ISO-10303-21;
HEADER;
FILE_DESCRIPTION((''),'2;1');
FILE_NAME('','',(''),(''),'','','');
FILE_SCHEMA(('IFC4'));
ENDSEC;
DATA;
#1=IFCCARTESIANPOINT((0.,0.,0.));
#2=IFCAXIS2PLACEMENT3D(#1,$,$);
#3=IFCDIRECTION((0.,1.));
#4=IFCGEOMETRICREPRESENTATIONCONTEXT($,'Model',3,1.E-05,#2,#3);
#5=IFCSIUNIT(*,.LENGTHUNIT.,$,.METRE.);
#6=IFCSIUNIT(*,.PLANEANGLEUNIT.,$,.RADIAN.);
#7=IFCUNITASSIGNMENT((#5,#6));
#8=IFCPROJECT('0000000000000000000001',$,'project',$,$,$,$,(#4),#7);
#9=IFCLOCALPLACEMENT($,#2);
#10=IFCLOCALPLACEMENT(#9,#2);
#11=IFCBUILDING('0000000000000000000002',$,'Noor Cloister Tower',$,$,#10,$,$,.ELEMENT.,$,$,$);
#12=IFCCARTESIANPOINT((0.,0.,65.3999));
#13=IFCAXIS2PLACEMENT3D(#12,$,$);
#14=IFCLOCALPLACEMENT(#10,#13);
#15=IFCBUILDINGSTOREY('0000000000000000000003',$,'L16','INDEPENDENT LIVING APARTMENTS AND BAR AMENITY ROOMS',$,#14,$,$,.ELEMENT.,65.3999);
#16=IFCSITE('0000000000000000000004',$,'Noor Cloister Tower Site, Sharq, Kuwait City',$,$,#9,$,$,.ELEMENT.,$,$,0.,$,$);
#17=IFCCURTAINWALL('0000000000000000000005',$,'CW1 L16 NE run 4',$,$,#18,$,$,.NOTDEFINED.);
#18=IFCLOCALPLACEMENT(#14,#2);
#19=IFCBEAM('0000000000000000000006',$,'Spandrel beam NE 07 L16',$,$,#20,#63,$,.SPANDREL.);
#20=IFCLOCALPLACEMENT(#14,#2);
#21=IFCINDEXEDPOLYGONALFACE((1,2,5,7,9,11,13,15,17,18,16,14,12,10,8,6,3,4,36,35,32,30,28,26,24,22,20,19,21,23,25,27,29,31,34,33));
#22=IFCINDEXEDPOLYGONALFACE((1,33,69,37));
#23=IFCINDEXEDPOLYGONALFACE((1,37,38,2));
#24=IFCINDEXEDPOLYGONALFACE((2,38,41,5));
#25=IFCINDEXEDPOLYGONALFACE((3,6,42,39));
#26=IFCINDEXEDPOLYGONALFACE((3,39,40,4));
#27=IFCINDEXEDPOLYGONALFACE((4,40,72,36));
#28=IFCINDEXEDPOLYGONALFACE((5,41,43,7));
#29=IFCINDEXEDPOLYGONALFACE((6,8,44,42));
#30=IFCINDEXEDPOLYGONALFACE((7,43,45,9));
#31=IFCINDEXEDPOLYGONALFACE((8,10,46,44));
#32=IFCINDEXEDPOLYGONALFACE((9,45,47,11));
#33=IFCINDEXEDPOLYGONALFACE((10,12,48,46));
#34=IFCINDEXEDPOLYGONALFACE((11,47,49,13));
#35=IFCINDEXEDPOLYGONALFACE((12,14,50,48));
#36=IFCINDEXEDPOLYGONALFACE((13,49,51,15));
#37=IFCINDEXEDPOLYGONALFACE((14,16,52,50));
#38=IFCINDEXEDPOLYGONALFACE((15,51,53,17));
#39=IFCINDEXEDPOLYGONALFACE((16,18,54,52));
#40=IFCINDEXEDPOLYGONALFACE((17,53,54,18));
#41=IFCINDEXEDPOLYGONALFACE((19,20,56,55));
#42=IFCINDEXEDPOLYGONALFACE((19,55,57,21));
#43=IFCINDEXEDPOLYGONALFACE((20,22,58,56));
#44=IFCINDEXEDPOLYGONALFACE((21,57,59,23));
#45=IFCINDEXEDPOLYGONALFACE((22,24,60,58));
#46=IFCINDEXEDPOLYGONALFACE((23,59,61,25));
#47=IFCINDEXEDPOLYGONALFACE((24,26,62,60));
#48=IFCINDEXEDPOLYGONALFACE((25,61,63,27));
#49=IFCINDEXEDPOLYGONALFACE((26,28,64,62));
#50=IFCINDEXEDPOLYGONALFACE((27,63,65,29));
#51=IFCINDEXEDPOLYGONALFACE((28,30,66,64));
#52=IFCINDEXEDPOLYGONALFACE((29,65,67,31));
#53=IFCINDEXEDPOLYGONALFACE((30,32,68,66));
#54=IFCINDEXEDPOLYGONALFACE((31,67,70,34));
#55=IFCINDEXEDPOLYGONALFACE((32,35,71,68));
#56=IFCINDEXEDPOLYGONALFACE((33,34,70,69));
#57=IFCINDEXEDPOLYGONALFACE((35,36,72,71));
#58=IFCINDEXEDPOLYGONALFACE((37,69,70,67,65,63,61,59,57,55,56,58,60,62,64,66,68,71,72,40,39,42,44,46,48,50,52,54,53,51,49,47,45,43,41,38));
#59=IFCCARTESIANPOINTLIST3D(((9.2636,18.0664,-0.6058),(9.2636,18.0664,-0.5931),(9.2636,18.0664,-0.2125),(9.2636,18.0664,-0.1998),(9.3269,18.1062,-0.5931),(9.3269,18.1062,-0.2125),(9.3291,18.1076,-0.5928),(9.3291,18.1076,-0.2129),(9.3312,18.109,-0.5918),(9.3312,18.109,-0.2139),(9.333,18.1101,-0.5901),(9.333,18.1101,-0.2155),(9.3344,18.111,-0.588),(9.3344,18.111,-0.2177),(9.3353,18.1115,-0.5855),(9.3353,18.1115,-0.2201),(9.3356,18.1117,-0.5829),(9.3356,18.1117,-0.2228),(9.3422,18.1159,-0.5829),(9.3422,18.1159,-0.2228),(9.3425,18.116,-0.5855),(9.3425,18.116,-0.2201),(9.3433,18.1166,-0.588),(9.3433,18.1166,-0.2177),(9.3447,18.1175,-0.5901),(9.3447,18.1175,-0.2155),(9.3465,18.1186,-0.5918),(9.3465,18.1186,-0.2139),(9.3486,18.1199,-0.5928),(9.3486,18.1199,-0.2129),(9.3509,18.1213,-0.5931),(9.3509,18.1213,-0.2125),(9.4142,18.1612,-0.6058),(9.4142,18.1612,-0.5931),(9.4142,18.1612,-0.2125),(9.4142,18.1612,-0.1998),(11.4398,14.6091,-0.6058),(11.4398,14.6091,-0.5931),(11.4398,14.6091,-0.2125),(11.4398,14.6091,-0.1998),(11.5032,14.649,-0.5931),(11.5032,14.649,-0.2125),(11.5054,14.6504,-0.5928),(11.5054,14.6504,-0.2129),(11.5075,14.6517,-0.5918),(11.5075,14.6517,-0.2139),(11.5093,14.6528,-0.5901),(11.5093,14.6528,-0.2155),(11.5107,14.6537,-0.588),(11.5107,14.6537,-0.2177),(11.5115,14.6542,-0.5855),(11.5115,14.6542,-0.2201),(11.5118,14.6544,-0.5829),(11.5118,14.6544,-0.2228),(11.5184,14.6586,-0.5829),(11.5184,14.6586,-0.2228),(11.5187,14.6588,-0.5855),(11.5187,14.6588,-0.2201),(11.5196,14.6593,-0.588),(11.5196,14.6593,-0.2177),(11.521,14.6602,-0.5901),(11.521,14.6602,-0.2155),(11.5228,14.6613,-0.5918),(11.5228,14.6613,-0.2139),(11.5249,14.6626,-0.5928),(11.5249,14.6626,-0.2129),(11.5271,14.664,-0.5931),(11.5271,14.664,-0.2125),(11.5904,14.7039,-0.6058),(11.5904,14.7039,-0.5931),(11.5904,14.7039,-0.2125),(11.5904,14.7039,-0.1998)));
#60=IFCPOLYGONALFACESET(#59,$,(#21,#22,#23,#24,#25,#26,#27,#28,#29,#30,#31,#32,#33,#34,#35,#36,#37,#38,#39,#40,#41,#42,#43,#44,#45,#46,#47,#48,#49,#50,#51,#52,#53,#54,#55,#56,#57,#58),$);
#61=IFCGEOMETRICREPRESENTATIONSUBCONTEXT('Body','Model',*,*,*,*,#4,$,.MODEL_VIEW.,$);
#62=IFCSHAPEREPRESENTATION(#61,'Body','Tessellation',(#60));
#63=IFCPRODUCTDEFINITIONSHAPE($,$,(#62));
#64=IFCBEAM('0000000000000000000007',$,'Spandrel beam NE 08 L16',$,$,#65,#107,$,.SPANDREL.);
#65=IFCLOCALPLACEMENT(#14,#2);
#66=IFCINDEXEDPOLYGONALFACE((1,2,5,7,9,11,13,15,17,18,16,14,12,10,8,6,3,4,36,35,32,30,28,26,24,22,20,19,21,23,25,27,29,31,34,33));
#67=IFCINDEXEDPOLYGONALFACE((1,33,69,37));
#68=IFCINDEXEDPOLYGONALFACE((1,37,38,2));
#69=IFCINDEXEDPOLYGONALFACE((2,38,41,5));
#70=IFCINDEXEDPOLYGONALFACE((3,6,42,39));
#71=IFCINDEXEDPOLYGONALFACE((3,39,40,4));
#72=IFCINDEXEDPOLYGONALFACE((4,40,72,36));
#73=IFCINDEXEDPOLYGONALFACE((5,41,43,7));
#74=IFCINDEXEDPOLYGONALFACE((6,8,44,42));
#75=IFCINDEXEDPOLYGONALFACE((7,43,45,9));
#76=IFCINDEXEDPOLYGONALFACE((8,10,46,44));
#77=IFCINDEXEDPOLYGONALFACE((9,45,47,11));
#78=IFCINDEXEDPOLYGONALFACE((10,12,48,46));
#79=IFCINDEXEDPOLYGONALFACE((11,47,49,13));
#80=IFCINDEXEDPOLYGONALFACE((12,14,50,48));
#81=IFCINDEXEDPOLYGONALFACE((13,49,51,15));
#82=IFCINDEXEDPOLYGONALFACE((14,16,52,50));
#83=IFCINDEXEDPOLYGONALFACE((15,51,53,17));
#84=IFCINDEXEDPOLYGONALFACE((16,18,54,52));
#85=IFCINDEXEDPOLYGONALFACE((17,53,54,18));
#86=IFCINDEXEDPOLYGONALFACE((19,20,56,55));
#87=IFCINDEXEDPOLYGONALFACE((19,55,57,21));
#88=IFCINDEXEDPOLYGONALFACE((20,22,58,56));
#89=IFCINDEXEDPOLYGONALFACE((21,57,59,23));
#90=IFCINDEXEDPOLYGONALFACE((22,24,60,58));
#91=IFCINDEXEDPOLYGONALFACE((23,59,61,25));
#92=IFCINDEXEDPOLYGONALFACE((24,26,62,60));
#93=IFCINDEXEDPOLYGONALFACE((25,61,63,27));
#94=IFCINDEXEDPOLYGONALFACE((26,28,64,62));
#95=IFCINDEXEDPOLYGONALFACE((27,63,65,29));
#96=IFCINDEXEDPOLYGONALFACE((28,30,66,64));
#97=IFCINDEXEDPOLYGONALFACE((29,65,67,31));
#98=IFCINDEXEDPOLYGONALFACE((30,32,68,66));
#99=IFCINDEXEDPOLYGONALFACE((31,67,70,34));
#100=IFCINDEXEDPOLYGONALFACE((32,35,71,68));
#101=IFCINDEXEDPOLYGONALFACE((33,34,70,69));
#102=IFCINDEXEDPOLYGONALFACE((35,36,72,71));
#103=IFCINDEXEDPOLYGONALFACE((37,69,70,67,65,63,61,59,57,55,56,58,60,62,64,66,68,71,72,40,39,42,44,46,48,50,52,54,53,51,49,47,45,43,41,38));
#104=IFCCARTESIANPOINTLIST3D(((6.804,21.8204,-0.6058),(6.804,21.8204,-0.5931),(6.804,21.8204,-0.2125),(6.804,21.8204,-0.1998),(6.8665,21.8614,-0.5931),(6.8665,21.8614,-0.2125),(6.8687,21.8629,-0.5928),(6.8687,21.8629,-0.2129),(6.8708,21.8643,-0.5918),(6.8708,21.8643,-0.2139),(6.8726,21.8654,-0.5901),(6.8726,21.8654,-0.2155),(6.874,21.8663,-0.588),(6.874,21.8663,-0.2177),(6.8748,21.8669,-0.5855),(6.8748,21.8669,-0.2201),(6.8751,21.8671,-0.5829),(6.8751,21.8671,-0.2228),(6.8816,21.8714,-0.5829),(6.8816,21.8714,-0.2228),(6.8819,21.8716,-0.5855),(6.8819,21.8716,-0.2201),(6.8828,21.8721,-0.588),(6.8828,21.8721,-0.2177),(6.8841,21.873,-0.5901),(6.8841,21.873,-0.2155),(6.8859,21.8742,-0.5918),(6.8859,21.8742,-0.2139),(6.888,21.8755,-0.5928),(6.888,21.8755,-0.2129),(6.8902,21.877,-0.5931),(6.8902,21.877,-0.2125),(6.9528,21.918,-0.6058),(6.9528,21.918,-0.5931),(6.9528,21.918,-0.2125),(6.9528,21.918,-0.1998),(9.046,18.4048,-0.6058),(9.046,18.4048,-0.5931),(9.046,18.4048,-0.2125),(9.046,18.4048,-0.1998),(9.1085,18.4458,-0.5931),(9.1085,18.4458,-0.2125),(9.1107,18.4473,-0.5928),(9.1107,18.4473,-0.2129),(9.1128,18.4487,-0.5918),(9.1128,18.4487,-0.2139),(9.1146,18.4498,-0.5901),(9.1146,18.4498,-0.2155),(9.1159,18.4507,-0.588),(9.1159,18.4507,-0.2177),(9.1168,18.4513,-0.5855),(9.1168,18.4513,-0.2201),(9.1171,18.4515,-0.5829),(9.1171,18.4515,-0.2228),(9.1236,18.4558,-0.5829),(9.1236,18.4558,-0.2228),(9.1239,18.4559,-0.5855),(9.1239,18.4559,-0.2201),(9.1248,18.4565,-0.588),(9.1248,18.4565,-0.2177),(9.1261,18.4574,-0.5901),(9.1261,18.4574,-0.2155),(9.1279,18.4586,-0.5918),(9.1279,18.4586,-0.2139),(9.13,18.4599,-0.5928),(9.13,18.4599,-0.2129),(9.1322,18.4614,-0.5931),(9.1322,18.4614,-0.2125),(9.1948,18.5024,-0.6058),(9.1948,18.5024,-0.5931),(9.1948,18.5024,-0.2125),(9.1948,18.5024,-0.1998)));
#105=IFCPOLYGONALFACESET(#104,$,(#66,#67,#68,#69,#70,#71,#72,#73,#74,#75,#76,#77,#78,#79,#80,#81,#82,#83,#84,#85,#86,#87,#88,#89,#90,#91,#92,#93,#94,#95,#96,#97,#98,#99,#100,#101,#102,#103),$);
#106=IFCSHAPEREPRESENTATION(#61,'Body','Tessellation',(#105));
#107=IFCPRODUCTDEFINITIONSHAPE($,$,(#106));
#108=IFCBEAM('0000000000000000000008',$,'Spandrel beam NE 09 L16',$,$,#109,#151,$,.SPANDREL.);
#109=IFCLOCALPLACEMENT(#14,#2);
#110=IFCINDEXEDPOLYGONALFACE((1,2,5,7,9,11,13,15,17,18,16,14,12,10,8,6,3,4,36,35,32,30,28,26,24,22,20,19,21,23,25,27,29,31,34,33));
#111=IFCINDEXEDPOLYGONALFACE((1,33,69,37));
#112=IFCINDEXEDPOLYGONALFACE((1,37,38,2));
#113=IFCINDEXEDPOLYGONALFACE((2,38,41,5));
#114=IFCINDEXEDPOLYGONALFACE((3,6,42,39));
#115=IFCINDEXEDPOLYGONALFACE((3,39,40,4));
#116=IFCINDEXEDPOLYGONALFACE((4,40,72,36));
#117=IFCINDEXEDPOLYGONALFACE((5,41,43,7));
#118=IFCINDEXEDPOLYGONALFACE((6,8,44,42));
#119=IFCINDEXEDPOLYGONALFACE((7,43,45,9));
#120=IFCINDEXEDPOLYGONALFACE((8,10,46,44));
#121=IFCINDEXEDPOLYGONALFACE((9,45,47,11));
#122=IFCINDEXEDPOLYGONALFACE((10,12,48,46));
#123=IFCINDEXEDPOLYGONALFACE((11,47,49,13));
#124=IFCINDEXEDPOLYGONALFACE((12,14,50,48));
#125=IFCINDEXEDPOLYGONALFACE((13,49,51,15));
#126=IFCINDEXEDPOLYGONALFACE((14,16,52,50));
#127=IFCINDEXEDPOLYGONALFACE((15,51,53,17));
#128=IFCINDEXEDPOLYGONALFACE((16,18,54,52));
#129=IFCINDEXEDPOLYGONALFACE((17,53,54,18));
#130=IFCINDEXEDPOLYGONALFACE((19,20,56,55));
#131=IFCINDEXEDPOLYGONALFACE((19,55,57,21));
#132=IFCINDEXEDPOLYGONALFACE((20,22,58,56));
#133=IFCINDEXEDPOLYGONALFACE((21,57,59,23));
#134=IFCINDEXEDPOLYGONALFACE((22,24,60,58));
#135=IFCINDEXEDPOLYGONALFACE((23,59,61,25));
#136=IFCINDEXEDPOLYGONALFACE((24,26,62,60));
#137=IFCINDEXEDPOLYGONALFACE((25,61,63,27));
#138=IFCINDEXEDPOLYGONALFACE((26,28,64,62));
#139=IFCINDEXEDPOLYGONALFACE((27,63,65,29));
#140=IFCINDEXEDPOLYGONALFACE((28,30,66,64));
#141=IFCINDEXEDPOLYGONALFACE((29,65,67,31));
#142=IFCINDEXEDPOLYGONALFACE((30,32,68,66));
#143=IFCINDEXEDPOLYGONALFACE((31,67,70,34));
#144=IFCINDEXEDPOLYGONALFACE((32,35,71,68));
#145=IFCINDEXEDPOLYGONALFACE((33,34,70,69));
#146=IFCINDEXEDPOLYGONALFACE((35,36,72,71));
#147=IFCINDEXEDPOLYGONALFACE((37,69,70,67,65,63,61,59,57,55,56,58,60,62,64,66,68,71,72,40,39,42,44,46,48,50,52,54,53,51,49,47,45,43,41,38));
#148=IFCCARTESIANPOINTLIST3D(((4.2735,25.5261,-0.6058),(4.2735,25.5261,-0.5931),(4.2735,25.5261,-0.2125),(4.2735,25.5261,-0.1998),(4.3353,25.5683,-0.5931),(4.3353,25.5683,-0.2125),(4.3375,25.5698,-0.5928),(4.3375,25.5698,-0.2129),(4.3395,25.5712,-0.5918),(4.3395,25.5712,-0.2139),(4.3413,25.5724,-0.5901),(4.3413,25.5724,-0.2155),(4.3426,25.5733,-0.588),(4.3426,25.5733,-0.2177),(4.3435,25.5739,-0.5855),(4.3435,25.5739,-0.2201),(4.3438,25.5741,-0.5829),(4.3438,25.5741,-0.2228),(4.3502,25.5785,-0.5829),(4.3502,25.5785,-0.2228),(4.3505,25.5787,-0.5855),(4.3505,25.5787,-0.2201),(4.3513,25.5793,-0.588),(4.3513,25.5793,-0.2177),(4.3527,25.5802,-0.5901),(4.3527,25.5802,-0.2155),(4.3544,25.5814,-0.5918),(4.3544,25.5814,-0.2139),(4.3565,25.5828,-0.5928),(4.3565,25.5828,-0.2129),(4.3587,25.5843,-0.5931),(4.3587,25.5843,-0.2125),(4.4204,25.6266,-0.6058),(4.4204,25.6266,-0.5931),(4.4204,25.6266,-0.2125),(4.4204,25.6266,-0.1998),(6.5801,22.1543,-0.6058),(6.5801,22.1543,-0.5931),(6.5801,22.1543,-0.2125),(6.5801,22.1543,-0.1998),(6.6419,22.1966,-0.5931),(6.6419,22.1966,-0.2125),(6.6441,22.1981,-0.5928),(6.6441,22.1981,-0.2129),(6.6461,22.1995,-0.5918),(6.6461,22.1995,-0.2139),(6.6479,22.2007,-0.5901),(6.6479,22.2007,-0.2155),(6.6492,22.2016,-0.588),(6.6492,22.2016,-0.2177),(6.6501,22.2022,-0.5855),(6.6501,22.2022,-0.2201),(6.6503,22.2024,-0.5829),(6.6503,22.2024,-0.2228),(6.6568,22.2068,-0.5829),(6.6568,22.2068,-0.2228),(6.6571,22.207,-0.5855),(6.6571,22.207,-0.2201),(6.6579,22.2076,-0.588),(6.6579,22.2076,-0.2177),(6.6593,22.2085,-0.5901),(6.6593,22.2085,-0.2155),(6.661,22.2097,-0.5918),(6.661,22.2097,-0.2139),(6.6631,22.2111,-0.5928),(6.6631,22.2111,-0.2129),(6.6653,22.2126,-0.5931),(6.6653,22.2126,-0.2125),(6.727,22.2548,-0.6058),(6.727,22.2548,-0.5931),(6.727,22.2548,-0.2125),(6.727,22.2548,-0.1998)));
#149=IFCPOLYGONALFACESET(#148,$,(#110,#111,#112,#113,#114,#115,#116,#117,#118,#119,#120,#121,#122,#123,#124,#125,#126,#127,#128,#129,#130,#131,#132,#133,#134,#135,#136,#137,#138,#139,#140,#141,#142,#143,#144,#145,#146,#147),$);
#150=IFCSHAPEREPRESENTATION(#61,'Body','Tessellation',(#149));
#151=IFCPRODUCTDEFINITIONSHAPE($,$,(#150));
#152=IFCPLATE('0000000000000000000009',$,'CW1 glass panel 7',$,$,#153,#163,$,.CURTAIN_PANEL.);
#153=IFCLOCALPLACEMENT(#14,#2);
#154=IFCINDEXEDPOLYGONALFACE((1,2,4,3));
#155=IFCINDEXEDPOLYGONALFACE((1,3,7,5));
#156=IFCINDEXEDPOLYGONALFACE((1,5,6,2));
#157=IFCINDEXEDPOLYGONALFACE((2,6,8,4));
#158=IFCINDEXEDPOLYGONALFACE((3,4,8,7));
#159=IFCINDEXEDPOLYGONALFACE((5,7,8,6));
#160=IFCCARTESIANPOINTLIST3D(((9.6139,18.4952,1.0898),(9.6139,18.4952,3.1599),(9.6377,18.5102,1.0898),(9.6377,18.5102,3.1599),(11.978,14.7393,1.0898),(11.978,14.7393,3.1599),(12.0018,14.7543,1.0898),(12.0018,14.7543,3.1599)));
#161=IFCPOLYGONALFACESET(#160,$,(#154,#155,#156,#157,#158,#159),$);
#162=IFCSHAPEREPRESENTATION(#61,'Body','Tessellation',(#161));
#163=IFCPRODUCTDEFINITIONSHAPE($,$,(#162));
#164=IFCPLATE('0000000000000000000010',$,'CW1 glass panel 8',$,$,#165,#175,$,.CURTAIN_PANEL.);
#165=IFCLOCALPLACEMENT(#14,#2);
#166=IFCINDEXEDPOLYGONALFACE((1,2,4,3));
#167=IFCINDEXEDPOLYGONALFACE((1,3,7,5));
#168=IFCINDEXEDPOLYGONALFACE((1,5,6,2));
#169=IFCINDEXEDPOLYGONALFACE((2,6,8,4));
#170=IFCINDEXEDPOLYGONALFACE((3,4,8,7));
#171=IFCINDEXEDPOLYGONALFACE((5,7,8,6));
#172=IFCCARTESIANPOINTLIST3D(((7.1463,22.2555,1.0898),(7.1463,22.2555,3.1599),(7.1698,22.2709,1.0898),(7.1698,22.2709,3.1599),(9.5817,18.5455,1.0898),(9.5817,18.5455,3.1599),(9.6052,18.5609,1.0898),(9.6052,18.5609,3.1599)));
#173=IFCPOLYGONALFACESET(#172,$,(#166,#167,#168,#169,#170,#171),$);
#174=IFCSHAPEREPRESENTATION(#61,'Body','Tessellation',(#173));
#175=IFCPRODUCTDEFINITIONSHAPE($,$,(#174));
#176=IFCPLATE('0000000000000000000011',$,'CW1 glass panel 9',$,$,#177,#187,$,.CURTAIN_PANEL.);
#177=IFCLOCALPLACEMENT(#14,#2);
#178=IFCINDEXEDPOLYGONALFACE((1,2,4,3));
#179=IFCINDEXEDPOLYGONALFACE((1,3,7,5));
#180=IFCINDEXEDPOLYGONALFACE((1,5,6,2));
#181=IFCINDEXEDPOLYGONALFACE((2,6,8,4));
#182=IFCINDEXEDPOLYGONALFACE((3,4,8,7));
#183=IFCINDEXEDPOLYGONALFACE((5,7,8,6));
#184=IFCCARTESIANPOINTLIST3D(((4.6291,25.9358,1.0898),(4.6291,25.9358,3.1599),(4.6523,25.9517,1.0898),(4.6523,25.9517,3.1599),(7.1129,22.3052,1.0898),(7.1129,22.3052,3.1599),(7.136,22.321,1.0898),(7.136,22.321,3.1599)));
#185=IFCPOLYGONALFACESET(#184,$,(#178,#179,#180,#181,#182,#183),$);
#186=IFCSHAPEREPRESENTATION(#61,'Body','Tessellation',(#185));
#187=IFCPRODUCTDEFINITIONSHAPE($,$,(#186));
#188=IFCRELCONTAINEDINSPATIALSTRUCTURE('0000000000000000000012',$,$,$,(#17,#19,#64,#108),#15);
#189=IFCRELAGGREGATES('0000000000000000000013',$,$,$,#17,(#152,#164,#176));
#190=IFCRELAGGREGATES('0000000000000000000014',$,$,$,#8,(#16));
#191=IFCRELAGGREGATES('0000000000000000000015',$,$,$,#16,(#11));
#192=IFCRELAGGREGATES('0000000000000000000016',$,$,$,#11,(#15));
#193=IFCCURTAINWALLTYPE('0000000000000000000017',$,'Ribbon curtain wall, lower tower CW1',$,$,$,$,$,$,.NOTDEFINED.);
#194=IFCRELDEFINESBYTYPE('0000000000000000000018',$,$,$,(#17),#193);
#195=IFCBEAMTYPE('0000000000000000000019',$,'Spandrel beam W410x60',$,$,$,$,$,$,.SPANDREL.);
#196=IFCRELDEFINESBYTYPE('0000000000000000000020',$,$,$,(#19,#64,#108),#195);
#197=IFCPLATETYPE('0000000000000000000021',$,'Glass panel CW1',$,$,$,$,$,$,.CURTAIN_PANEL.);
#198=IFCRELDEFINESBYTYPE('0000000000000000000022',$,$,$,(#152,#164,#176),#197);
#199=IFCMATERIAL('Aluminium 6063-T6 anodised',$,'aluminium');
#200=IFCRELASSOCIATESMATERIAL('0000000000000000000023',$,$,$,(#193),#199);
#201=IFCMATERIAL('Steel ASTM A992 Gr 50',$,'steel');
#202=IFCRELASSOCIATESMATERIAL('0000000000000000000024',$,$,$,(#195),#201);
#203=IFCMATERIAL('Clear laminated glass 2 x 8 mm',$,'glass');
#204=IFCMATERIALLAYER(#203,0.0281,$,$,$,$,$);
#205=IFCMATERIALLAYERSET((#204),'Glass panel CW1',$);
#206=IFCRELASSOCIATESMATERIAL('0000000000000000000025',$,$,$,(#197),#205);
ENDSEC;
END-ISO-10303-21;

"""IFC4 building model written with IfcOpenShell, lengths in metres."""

from ifc_helpers import new_model, si_unit, direction, frame, origin, origin_2d, place, context, subcontext, project, spatial, rectangle, i_section, extrude, material, layer, layer_set, material_profile, profile_set, type_object, element, aggregate, save


model = new_model("IFC4")

# Units and contexts
model_context = context("Model", 3, precision=1e-05, world=origin(), true_north=direction((0.0, 1.0)))
body_context = subcontext(model_context, "Body", "Model", "MODEL_VIEW")
ifc_project = project(units=[si_unit("LENGTHUNIT", "METRE"), si_unit("PLANEANGLEUNIT", "RADIAN")], contexts=[model_context])

# Site, building, storey
site_placement = place(None, origin())
site = spatial("IfcSite", under=ifc_project, at=site_placement, Name="Noor Cloister Tower Site, Sharq, Kuwait City", CompositionType="ELEMENT", RefElevation=0.0)
building_placement = place(site_placement, origin())
building = spatial("IfcBuilding", under=site, at=building_placement, Name="Noor Cloister Tower", CompositionType="ELEMENT")
storey_placement = place(building_placement, frame((0.0, 0.0, 65.3999)))
storey = spatial("IfcBuildingStorey", under=building, at=storey_placement, Name="L16", Description="INDEPENDENT LIVING APARTMENTS AND BAR AMENITY ROOMS", CompositionType="ELEMENT", Elevation=65.3999)

# Curtain wall
ifc_material_1 = material(Name="Aluminium 6063-T6 anodised", Category="aluminium")
curtain_wall_type = type_object("IfcCurtainWallType", Name="Ribbon curtain wall, lower tower CW1", PredefinedType="NOTDEFINED", material=ifc_material_1)
curtain_wall_placement = place(storey_placement, origin())
curtain_wall = element("IfcCurtainWall", 1, at=curtain_wall_placement, inside=storey, type_object=curtain_wall_type, Name="CW1 L16 NE run 4", PredefinedType="NOTDEFINED")

# Beams
ifc_material_2 = material(Name="Steel ASTM A992 Gr 50", Category="steel")
ifc_material_profile_1 = material_profile(ifc_material_2, i_section(OverallWidth=0.178, OverallDepth=0.406, WebThickness=0.0078, FlangeThickness=0.0127, FilletRadius=0.0103, at=origin_2d()), Name="W410x60")
ifc_profile_set_1 = profile_set([ifc_material_profile_1], Name="Steel ASTM A992 Gr 50")
beam_type_1 = type_object("IfcBeamType", Name="Spandrel beam W410x60", PredefinedType="SPANDREL", material=ifc_profile_set_1)
beam_1_placement = place(storey_placement, frame((11.5151, 14.6565, -0.4028), z_axis=(-0.53272, 0.846292, 0.0), x_axis=(-0.846292, -0.53272, 0.0)))
element("IfcBeam", 2, at=beam_1_placement, inside=storey, type_object=beam_type_1, Name="Spandrel beam NE 07 L16", PredefinedType="SPANDREL", context=body_context, shape_type="SweptSolid", body=[
    extrude(i_section(OverallWidth=0.178, OverallDepth=0.406, WebThickness=0.0078, FlangeThickness=0.0127, FilletRadius=0.0103, at=origin_2d()), origin(), (0.0, 0.0, 1.0), 4.0852),
])
beam_2_placement = place(storey_placement, frame((9.1204, 18.4536, -0.4028), z_axis=(-0.548743, 0.835991, 0.0), x_axis=(-0.835991, -0.548743, 0.0)))
element("IfcBeam", 3, at=beam_2_placement, inside=storey, type_object=beam_type_1, Name="Spandrel beam NE 08 L16", PredefinedType="SPANDREL", context=body_context, shape_type="SweptSolid", body=[
    extrude(i_section(OverallWidth=0.178, OverallDepth=0.406, WebThickness=0.0078, FlangeThickness=0.0127, FilletRadius=0.0103, at=origin_2d()), origin(), (0.0, 0.0, 1.0), 4.0857),
])
beam_3_placement = place(storey_placement, frame((6.6536, 22.2046, -0.4028), z_axis=(-0.564618, 0.825353, 0.0), x_axis=(-0.825353, -0.564618, 0.0)))
element("IfcBeam", 4, at=beam_3_placement, inside=storey, type_object=beam_type_1, Name="Spandrel beam NE 09 L16", PredefinedType="SPANDREL", context=body_context, shape_type="SweptSolid", body=[
    extrude(i_section(OverallWidth=0.178, OverallDepth=0.406, WebThickness=0.0078, FlangeThickness=0.0127, FilletRadius=0.0103, at=origin_2d()), origin(), (0.0, 0.0, 1.0), 4.0852),
])

# Plates
ifc_material_3 = material(Name="Clear laminated glass 2 x 8 mm", Category="glass")
ifc_layer_1 = layer(ifc_material_3, 0.0281)
ifc_layer_set_1 = layer_set([ifc_layer_1], Name="Glass panel CW1")
plate_type = type_object("IfcPlateType", Name="Glass panel CW1", PredefinedType="CURTAIN_PANEL", material=ifc_layer_set_1)
plate_1_placement = place(storey_placement, frame((10.8079, 16.6248, 1.0898), z_axis=(0.0, 0.0, 1.0), x_axis=(-0.532703, 0.846302, 0.0)))
plate_1 = element("IfcPlate", 5, at=plate_1_placement, type_object=plate_type, Name="CW1 glass panel 7", PredefinedType="CURTAIN_PANEL", context=body_context, shape_type="SweptSolid", body=[
    extrude(rectangle(XDim=4.438, YDim=0.0281, at=origin_2d()), origin(), (0.0, 0.0, 1.0), 2.0701),
])
plate_2_placement = place(storey_placement, frame((8.3757, 20.4082, 1.0898), z_axis=(0.0, 0.0, 1.0), x_axis=(-0.548766, 0.835976, 0.0)))
plate_2 = element("IfcPlate", 6, at=plate_2_placement, type_object=plate_type, Name="CW1 glass panel 8", PredefinedType="CURTAIN_PANEL", context=body_context, shape_type="SweptSolid", body=[
    extrude(rectangle(XDim=4.438, YDim=0.0281, at=origin_2d()), origin(), (0.0, 0.0, 1.0), 2.0701),
])
plate_3_placement = place(storey_placement, frame((5.8826, 24.1284, 1.0898), z_axis=(0.0, 0.0, 1.0), x_axis=(-0.564629, 0.825345, 0.0)))
plate_3 = element("IfcPlate", 7, at=plate_3_placement, type_object=plate_type, Name="CW1 glass panel 9", PredefinedType="CURTAIN_PANEL", context=body_context, shape_type="SweptSolid", body=[
    extrude(rectangle(XDim=4.3989, YDim=0.0281, at=origin_2d()), origin(), (0.0, 0.0, 1.0), 2.0701),
])
aggregate(curtain_wall, [plate_1, plate_2, plate_3])

save(model, "model.ifc")
